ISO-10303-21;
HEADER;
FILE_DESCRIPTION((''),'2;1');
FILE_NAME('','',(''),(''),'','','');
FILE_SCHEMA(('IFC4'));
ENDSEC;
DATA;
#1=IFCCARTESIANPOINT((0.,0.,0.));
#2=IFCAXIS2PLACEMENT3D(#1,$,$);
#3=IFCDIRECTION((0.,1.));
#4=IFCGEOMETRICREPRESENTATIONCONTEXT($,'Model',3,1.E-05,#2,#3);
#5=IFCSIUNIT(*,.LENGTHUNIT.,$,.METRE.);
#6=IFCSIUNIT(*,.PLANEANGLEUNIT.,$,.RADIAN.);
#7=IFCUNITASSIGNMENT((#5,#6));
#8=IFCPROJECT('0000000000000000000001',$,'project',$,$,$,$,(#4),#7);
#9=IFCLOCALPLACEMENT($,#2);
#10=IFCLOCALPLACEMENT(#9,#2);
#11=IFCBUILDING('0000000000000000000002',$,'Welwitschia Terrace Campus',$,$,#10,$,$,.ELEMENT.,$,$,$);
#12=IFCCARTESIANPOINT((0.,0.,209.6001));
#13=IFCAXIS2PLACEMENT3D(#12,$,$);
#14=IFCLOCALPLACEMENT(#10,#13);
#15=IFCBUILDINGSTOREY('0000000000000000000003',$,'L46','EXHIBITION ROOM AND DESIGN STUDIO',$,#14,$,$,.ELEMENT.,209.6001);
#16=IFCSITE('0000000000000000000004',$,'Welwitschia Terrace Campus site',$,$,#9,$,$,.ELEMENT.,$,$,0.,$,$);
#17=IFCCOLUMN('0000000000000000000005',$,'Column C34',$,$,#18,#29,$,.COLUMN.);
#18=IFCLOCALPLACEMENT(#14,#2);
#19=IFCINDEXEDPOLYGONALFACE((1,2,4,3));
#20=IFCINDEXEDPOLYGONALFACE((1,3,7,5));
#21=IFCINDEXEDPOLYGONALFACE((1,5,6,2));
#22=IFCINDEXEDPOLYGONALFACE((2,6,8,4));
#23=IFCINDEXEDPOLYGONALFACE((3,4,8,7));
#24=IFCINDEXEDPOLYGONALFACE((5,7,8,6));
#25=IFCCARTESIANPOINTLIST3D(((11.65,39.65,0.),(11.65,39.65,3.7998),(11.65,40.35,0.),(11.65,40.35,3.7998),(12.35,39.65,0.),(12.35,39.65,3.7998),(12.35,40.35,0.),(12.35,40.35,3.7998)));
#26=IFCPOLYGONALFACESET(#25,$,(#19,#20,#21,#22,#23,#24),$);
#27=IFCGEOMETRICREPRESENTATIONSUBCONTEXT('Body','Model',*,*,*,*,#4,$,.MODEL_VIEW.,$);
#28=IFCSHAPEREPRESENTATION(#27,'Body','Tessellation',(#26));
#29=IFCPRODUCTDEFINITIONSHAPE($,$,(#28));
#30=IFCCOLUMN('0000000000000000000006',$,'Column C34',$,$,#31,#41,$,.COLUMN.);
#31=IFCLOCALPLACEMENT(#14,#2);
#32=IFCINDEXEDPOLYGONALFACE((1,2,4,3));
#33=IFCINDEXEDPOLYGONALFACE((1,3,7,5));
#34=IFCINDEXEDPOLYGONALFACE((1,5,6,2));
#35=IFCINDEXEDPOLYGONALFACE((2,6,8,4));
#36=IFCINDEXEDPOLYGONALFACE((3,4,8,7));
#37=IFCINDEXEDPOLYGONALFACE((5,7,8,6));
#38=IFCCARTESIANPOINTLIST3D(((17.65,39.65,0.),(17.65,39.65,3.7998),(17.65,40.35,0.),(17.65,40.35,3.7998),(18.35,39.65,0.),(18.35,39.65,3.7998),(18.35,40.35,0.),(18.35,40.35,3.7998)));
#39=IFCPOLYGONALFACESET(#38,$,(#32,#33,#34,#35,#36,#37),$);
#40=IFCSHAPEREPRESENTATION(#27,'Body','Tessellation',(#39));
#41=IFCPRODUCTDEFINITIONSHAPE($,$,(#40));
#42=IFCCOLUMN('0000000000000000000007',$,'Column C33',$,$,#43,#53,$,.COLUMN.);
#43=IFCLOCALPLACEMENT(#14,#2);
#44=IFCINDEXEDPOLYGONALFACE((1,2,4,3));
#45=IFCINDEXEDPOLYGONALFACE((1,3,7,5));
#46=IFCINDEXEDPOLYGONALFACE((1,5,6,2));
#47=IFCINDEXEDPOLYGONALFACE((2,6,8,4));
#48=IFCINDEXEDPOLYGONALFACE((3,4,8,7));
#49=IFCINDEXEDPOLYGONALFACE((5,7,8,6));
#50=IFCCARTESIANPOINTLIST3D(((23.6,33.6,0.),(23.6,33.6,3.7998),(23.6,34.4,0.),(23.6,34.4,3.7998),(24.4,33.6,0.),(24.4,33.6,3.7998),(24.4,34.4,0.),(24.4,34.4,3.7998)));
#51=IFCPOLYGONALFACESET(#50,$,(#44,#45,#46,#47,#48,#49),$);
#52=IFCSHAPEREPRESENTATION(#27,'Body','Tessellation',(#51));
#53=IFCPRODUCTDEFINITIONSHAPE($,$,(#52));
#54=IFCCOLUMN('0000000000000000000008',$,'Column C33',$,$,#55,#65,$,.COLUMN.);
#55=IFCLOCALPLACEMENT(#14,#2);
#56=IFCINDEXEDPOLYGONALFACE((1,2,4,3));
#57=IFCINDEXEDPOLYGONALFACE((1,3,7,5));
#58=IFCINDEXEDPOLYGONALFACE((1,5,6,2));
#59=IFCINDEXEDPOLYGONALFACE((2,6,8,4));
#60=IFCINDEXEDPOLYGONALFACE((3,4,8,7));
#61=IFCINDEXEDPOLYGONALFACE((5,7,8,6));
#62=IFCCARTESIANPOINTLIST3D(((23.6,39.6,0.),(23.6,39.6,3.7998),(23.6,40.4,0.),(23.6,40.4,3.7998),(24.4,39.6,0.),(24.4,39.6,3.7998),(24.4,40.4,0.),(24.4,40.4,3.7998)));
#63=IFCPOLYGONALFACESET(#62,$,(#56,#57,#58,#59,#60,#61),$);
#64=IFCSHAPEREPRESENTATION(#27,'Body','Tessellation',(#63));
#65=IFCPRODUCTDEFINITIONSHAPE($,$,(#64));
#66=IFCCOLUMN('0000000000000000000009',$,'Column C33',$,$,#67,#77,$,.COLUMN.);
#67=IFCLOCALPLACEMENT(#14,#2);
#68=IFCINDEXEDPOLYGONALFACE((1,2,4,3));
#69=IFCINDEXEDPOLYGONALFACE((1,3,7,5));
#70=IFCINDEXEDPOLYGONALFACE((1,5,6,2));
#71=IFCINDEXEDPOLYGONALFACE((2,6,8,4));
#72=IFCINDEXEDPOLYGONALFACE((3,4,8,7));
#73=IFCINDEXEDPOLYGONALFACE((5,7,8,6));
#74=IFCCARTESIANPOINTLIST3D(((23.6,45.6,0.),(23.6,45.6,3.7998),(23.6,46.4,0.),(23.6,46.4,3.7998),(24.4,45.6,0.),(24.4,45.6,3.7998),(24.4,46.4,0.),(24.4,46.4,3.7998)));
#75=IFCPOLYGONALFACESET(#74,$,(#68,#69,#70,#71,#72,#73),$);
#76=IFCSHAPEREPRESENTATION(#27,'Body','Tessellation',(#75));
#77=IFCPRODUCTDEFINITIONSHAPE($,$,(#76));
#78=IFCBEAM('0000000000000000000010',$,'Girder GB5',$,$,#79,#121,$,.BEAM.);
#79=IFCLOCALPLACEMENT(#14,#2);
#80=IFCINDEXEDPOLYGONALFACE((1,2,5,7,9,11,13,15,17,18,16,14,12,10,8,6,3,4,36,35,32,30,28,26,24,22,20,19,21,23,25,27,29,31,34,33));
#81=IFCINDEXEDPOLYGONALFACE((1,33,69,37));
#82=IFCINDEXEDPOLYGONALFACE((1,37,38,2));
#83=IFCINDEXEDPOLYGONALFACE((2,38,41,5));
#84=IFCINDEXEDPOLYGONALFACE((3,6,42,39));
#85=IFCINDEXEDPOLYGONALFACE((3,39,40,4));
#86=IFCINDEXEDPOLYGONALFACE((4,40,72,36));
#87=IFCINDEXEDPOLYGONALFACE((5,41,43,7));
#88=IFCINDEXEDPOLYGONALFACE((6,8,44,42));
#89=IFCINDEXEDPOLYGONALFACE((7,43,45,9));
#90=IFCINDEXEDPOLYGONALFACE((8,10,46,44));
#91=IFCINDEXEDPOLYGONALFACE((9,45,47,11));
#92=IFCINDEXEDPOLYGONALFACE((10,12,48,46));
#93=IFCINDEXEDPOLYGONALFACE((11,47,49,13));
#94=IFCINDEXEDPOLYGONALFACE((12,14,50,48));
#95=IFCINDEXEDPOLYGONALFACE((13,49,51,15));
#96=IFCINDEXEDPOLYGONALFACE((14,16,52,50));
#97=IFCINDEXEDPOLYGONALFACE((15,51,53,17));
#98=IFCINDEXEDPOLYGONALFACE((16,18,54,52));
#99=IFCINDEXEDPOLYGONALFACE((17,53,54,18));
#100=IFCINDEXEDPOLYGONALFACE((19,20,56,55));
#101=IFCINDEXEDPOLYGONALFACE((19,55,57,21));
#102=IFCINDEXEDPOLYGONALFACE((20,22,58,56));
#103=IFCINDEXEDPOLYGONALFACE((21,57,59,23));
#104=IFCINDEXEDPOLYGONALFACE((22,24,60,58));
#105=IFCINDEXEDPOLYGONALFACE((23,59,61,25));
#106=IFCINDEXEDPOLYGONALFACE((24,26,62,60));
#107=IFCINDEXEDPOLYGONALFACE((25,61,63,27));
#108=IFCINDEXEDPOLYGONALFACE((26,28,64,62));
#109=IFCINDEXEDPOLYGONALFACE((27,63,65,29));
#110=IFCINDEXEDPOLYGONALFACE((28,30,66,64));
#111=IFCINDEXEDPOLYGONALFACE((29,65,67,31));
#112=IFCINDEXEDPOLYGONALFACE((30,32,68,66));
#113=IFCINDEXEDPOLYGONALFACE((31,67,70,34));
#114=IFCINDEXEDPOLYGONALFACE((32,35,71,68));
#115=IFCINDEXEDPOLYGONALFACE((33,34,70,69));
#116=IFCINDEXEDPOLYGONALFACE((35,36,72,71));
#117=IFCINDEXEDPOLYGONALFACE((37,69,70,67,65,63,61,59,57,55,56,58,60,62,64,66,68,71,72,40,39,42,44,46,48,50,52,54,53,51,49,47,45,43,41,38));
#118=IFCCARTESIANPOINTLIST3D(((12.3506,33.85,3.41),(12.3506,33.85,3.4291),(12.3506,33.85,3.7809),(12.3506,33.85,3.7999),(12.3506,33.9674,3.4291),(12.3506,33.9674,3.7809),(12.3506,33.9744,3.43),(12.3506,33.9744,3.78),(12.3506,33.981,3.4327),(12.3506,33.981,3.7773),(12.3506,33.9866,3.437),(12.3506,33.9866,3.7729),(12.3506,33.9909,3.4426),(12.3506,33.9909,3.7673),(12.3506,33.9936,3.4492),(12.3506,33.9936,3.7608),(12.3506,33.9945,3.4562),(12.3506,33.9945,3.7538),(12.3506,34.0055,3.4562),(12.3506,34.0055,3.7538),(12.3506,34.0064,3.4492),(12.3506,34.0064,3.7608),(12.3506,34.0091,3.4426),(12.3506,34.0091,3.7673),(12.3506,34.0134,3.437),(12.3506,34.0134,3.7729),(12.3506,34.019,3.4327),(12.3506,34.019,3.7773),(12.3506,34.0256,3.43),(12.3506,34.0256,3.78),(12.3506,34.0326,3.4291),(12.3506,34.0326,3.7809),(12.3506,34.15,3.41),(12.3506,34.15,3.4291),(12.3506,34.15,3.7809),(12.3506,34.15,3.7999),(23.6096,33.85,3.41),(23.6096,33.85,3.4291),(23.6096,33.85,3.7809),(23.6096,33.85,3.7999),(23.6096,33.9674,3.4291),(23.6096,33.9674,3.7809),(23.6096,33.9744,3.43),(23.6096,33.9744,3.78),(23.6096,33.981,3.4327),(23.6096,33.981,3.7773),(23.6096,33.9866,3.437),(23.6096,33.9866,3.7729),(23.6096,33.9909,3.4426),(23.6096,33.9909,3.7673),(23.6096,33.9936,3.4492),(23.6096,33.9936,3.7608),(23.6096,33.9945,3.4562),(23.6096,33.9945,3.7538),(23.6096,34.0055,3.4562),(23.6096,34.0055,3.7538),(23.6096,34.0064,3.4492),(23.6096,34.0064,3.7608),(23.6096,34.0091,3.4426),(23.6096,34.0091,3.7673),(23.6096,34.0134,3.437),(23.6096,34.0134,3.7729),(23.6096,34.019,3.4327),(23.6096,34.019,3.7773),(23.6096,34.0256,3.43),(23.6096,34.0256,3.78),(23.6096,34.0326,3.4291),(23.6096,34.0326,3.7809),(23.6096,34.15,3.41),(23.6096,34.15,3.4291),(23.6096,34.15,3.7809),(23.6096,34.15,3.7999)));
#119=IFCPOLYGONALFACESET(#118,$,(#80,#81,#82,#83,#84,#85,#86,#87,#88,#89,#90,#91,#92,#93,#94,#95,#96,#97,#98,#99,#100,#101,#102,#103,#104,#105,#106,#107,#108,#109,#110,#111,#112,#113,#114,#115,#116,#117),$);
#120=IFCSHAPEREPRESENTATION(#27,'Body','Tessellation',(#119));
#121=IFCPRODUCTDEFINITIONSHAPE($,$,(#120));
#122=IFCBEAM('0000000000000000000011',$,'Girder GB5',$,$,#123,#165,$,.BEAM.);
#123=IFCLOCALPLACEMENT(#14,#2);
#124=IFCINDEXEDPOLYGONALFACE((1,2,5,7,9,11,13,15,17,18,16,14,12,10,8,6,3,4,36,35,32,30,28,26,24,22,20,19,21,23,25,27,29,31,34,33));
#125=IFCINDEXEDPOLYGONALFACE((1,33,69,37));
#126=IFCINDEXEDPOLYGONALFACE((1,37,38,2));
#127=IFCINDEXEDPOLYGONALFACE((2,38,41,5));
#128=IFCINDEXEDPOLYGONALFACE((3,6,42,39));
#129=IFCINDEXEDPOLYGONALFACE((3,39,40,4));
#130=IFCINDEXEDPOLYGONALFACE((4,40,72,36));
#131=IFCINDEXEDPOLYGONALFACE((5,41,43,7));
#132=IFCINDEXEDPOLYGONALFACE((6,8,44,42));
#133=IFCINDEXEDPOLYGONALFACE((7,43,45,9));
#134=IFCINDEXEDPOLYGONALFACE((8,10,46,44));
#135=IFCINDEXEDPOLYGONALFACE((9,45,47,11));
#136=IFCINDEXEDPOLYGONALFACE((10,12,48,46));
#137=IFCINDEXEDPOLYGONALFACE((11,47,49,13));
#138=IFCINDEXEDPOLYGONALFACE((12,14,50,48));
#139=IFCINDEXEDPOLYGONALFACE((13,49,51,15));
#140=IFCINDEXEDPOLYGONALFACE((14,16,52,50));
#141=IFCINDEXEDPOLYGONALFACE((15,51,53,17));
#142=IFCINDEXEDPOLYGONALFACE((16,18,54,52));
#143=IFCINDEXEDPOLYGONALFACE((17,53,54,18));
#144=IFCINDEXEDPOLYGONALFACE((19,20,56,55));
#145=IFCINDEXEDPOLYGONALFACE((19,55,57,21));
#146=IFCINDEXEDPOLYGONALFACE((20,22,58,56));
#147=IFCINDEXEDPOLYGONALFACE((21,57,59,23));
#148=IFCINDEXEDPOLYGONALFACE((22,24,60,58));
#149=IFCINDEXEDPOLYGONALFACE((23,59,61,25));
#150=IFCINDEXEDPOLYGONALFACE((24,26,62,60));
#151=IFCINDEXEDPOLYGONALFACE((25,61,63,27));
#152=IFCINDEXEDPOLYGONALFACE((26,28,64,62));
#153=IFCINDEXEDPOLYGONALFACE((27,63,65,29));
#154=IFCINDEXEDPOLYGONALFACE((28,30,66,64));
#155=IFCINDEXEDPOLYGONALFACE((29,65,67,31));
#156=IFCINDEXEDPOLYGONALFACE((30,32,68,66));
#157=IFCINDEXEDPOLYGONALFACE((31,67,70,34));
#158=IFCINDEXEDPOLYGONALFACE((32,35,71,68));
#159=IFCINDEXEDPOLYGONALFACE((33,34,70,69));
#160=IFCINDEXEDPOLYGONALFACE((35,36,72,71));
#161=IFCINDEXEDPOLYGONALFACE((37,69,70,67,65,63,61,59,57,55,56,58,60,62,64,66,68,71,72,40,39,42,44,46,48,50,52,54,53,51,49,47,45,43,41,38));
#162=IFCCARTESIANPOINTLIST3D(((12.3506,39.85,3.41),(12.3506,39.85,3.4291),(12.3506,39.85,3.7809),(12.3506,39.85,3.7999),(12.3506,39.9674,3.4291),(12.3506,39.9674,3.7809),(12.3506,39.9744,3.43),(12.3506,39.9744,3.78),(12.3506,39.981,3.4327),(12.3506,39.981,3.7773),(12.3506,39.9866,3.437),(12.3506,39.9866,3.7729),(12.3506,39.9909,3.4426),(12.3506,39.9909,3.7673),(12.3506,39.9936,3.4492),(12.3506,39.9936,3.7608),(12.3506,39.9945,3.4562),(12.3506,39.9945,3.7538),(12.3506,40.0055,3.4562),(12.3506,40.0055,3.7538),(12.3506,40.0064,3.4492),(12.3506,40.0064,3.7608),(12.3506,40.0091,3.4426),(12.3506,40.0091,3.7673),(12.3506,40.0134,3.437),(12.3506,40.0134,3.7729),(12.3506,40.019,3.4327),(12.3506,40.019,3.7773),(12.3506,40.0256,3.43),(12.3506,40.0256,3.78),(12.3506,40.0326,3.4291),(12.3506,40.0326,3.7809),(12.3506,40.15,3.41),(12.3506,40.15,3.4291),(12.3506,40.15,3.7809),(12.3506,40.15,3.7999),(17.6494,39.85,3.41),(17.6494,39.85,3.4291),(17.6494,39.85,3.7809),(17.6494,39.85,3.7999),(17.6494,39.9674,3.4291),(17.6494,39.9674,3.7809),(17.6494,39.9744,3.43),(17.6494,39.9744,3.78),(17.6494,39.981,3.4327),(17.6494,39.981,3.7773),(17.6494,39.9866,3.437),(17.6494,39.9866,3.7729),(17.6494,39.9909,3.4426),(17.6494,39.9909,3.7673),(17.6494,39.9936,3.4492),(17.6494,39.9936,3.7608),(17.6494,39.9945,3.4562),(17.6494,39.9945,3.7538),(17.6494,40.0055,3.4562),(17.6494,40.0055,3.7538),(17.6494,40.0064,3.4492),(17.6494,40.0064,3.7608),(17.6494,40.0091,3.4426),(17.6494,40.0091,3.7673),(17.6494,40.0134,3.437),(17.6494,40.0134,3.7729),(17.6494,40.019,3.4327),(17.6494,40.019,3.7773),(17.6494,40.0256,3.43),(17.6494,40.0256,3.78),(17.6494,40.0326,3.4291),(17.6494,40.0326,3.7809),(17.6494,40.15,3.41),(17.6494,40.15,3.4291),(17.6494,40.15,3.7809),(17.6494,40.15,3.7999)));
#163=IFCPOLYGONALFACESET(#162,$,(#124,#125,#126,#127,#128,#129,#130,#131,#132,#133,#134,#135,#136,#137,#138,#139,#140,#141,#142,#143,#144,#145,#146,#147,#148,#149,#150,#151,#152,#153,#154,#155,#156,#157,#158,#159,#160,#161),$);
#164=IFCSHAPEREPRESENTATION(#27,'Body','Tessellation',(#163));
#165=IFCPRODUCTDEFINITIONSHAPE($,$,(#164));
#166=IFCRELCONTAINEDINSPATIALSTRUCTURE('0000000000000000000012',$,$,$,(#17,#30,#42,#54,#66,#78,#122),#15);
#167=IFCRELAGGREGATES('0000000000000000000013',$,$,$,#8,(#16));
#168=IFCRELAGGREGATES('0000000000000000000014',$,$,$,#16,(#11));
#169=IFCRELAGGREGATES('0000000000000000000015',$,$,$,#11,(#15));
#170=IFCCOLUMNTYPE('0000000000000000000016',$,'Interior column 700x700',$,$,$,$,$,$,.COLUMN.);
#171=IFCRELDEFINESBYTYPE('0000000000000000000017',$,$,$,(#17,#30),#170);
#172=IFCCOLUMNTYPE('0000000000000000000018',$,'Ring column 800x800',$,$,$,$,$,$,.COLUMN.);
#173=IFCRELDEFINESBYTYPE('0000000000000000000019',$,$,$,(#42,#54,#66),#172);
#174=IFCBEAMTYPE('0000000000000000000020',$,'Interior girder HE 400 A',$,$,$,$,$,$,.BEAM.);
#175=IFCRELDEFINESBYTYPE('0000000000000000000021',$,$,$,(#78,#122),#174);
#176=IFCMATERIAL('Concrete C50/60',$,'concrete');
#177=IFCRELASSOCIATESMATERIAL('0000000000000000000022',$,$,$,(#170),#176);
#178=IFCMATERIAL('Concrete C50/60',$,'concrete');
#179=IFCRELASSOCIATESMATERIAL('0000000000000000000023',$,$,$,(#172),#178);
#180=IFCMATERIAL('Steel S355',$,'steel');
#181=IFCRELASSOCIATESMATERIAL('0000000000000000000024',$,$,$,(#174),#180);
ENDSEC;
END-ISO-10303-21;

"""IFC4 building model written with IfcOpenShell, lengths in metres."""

from ifc_helpers import new_model, si_unit, direction, frame, origin, origin_2d, place, context, subcontext, project, spatial, rectangle, i_section, extrude, material, material_profile, profile_set, type_object, element, save


model = new_model("IFC4")

# Units and contexts
model_context = context("Model", 3, precision=1e-05, world=origin(), true_north=direction((0.0, 1.0)))
body_context = subcontext(model_context, "Body", "Model", "MODEL_VIEW")
ifc_project = project(units=[si_unit("LENGTHUNIT", "METRE"), si_unit("PLANEANGLEUNIT", "RADIAN")], contexts=[model_context])

# Site, building, storey
site_placement = place(None, origin())
site = spatial("IfcSite", under=ifc_project, at=site_placement, Name="Welwitschia Terrace Campus site", CompositionType="ELEMENT", RefElevation=0.0)
building_placement = place(site_placement, origin())
building = spatial("IfcBuilding", under=site, at=building_placement, Name="Welwitschia Terrace Campus", CompositionType="ELEMENT")
storey_placement = place(building_placement, frame((0.0, 0.0, 209.6001)))
storey = spatial("IfcBuildingStorey", under=building, at=storey_placement, Name="L46", Description="EXHIBITION ROOM AND DESIGN STUDIO", CompositionType="ELEMENT", Elevation=209.6001)

# Columns
ifc_material_1 = material(Name="Concrete C50/60", Category="concrete")
ifc_material_profile_1 = material_profile(ifc_material_1, rectangle(XDim=0.7, YDim=0.7, at=origin_2d()))
ifc_profile_set_1 = profile_set([ifc_material_profile_1], Name="Concrete C50/60")
column_type_1 = type_object("IfcColumnType", Name="Interior column 700x700", PredefinedType="COLUMN", material=ifc_profile_set_1)
for number, where, z_axis, x_axis, name in (
    (1, (12.0, 40.0, 0.0), (0.0, 0.0, 1.0), (1.0, 0.0, 0.0), "Column C34"),
    (2, (18.0, 40.0, 0.0), (0.0, 0.0, 1.0), (1.0, 0.0, 0.0), "Column C34"),
):
    element("IfcColumn", number, at=place(storey_placement, frame(where, z_axis=z_axis, x_axis=x_axis)), inside=storey, type_object=column_type_1, Name=name, PredefinedType="COLUMN", context=body_context, shape_type="SweptSolid", body=[
        extrude(rectangle(XDim=0.7, YDim=0.7, at=origin_2d()), origin(), (0.0, 0.0, 1.0), 3.7998),
    ])
ifc_material_2 = material(Name="Concrete C50/60", Category="concrete")
ifc_material_profile_2 = material_profile(ifc_material_2, rectangle(XDim=0.8, YDim=0.8, at=origin_2d()))
ifc_profile_set_2 = profile_set([ifc_material_profile_2], Name="Concrete C50/60")
column_type_2 = type_object("IfcColumnType", Name="Ring column 800x800", PredefinedType="COLUMN", material=ifc_profile_set_2)
for number, where, z_axis, x_axis, name in (
    (3, (24.0, 34.0, 0.0), (0.0, 0.0, 1.0), (1.0, 0.0, 0.0), "Column C33"),
    (4, (24.0, 40.0, 0.0), (0.0, 0.0, 1.0), (1.0, 0.0, 0.0), "Column C33"),
    (5, (24.0, 46.0, 0.0), (0.0, 0.0, 1.0), (1.0, 0.0, 0.0), "Column C33"),
):
    element("IfcColumn", number, at=place(storey_placement, frame(where, z_axis=z_axis, x_axis=x_axis)), inside=storey, type_object=column_type_2, Name=name, PredefinedType="COLUMN", context=body_context, shape_type="SweptSolid", body=[
        extrude(rectangle(XDim=0.8, YDim=0.8, at=origin_2d()), origin(), (0.0, 0.0, 1.0), 3.7998),
    ])

# Beams
ifc_material_3 = material(Name="Steel S355", Category="steel")
ifc_material_profile_3 = material_profile(ifc_material_3, i_section(OverallWidth=0.3, OverallDepth=0.3899, WebThickness=0.011, FlangeThickness=0.019, FilletRadius=0.0271, at=origin_2d()))
ifc_profile_set_3 = profile_set([ifc_material_profile_3], Name="Steel S355")
beam_type_1 = type_object("IfcBeamType", Name="Interior girder HE 400 A", PredefinedType="BEAM", material=ifc_profile_set_3)
beam_1_placement = place(storey_placement, frame((12.3506, 34.0, 3.605), z_axis=(1.0, 0.0, 0.0), x_axis=(0.0, 1.0, 0.0)))
element("IfcBeam", 6, at=beam_1_placement, inside=storey, type_object=beam_type_1, Name="Girder GB5", PredefinedType="BEAM", context=body_context, shape_type="SweptSolid", body=[
    extrude(i_section(OverallWidth=0.3, OverallDepth=0.3899, WebThickness=0.011, FlangeThickness=0.019, FilletRadius=0.0271, at=origin_2d()), origin(), (0.0, 0.0, 1.0), 11.259),
])
beam_2_placement = place(storey_placement, frame((12.3506, 40.0, 3.605), z_axis=(1.0, 0.0, 0.0), x_axis=(0.0, 1.0, 0.0)))
element("IfcBeam", 7, at=beam_2_placement, inside=storey, type_object=beam_type_1, Name="Girder GB5", PredefinedType="BEAM", context=body_context, shape_type="SweptSolid", body=[
    extrude(i_section(OverallWidth=0.3, OverallDepth=0.3899, WebThickness=0.011, FlangeThickness=0.019, FilletRadius=0.0271, at=origin_2d()), origin(), (0.0, 0.0, 1.0), 5.2988),
])

save(model, "model.ifc")
